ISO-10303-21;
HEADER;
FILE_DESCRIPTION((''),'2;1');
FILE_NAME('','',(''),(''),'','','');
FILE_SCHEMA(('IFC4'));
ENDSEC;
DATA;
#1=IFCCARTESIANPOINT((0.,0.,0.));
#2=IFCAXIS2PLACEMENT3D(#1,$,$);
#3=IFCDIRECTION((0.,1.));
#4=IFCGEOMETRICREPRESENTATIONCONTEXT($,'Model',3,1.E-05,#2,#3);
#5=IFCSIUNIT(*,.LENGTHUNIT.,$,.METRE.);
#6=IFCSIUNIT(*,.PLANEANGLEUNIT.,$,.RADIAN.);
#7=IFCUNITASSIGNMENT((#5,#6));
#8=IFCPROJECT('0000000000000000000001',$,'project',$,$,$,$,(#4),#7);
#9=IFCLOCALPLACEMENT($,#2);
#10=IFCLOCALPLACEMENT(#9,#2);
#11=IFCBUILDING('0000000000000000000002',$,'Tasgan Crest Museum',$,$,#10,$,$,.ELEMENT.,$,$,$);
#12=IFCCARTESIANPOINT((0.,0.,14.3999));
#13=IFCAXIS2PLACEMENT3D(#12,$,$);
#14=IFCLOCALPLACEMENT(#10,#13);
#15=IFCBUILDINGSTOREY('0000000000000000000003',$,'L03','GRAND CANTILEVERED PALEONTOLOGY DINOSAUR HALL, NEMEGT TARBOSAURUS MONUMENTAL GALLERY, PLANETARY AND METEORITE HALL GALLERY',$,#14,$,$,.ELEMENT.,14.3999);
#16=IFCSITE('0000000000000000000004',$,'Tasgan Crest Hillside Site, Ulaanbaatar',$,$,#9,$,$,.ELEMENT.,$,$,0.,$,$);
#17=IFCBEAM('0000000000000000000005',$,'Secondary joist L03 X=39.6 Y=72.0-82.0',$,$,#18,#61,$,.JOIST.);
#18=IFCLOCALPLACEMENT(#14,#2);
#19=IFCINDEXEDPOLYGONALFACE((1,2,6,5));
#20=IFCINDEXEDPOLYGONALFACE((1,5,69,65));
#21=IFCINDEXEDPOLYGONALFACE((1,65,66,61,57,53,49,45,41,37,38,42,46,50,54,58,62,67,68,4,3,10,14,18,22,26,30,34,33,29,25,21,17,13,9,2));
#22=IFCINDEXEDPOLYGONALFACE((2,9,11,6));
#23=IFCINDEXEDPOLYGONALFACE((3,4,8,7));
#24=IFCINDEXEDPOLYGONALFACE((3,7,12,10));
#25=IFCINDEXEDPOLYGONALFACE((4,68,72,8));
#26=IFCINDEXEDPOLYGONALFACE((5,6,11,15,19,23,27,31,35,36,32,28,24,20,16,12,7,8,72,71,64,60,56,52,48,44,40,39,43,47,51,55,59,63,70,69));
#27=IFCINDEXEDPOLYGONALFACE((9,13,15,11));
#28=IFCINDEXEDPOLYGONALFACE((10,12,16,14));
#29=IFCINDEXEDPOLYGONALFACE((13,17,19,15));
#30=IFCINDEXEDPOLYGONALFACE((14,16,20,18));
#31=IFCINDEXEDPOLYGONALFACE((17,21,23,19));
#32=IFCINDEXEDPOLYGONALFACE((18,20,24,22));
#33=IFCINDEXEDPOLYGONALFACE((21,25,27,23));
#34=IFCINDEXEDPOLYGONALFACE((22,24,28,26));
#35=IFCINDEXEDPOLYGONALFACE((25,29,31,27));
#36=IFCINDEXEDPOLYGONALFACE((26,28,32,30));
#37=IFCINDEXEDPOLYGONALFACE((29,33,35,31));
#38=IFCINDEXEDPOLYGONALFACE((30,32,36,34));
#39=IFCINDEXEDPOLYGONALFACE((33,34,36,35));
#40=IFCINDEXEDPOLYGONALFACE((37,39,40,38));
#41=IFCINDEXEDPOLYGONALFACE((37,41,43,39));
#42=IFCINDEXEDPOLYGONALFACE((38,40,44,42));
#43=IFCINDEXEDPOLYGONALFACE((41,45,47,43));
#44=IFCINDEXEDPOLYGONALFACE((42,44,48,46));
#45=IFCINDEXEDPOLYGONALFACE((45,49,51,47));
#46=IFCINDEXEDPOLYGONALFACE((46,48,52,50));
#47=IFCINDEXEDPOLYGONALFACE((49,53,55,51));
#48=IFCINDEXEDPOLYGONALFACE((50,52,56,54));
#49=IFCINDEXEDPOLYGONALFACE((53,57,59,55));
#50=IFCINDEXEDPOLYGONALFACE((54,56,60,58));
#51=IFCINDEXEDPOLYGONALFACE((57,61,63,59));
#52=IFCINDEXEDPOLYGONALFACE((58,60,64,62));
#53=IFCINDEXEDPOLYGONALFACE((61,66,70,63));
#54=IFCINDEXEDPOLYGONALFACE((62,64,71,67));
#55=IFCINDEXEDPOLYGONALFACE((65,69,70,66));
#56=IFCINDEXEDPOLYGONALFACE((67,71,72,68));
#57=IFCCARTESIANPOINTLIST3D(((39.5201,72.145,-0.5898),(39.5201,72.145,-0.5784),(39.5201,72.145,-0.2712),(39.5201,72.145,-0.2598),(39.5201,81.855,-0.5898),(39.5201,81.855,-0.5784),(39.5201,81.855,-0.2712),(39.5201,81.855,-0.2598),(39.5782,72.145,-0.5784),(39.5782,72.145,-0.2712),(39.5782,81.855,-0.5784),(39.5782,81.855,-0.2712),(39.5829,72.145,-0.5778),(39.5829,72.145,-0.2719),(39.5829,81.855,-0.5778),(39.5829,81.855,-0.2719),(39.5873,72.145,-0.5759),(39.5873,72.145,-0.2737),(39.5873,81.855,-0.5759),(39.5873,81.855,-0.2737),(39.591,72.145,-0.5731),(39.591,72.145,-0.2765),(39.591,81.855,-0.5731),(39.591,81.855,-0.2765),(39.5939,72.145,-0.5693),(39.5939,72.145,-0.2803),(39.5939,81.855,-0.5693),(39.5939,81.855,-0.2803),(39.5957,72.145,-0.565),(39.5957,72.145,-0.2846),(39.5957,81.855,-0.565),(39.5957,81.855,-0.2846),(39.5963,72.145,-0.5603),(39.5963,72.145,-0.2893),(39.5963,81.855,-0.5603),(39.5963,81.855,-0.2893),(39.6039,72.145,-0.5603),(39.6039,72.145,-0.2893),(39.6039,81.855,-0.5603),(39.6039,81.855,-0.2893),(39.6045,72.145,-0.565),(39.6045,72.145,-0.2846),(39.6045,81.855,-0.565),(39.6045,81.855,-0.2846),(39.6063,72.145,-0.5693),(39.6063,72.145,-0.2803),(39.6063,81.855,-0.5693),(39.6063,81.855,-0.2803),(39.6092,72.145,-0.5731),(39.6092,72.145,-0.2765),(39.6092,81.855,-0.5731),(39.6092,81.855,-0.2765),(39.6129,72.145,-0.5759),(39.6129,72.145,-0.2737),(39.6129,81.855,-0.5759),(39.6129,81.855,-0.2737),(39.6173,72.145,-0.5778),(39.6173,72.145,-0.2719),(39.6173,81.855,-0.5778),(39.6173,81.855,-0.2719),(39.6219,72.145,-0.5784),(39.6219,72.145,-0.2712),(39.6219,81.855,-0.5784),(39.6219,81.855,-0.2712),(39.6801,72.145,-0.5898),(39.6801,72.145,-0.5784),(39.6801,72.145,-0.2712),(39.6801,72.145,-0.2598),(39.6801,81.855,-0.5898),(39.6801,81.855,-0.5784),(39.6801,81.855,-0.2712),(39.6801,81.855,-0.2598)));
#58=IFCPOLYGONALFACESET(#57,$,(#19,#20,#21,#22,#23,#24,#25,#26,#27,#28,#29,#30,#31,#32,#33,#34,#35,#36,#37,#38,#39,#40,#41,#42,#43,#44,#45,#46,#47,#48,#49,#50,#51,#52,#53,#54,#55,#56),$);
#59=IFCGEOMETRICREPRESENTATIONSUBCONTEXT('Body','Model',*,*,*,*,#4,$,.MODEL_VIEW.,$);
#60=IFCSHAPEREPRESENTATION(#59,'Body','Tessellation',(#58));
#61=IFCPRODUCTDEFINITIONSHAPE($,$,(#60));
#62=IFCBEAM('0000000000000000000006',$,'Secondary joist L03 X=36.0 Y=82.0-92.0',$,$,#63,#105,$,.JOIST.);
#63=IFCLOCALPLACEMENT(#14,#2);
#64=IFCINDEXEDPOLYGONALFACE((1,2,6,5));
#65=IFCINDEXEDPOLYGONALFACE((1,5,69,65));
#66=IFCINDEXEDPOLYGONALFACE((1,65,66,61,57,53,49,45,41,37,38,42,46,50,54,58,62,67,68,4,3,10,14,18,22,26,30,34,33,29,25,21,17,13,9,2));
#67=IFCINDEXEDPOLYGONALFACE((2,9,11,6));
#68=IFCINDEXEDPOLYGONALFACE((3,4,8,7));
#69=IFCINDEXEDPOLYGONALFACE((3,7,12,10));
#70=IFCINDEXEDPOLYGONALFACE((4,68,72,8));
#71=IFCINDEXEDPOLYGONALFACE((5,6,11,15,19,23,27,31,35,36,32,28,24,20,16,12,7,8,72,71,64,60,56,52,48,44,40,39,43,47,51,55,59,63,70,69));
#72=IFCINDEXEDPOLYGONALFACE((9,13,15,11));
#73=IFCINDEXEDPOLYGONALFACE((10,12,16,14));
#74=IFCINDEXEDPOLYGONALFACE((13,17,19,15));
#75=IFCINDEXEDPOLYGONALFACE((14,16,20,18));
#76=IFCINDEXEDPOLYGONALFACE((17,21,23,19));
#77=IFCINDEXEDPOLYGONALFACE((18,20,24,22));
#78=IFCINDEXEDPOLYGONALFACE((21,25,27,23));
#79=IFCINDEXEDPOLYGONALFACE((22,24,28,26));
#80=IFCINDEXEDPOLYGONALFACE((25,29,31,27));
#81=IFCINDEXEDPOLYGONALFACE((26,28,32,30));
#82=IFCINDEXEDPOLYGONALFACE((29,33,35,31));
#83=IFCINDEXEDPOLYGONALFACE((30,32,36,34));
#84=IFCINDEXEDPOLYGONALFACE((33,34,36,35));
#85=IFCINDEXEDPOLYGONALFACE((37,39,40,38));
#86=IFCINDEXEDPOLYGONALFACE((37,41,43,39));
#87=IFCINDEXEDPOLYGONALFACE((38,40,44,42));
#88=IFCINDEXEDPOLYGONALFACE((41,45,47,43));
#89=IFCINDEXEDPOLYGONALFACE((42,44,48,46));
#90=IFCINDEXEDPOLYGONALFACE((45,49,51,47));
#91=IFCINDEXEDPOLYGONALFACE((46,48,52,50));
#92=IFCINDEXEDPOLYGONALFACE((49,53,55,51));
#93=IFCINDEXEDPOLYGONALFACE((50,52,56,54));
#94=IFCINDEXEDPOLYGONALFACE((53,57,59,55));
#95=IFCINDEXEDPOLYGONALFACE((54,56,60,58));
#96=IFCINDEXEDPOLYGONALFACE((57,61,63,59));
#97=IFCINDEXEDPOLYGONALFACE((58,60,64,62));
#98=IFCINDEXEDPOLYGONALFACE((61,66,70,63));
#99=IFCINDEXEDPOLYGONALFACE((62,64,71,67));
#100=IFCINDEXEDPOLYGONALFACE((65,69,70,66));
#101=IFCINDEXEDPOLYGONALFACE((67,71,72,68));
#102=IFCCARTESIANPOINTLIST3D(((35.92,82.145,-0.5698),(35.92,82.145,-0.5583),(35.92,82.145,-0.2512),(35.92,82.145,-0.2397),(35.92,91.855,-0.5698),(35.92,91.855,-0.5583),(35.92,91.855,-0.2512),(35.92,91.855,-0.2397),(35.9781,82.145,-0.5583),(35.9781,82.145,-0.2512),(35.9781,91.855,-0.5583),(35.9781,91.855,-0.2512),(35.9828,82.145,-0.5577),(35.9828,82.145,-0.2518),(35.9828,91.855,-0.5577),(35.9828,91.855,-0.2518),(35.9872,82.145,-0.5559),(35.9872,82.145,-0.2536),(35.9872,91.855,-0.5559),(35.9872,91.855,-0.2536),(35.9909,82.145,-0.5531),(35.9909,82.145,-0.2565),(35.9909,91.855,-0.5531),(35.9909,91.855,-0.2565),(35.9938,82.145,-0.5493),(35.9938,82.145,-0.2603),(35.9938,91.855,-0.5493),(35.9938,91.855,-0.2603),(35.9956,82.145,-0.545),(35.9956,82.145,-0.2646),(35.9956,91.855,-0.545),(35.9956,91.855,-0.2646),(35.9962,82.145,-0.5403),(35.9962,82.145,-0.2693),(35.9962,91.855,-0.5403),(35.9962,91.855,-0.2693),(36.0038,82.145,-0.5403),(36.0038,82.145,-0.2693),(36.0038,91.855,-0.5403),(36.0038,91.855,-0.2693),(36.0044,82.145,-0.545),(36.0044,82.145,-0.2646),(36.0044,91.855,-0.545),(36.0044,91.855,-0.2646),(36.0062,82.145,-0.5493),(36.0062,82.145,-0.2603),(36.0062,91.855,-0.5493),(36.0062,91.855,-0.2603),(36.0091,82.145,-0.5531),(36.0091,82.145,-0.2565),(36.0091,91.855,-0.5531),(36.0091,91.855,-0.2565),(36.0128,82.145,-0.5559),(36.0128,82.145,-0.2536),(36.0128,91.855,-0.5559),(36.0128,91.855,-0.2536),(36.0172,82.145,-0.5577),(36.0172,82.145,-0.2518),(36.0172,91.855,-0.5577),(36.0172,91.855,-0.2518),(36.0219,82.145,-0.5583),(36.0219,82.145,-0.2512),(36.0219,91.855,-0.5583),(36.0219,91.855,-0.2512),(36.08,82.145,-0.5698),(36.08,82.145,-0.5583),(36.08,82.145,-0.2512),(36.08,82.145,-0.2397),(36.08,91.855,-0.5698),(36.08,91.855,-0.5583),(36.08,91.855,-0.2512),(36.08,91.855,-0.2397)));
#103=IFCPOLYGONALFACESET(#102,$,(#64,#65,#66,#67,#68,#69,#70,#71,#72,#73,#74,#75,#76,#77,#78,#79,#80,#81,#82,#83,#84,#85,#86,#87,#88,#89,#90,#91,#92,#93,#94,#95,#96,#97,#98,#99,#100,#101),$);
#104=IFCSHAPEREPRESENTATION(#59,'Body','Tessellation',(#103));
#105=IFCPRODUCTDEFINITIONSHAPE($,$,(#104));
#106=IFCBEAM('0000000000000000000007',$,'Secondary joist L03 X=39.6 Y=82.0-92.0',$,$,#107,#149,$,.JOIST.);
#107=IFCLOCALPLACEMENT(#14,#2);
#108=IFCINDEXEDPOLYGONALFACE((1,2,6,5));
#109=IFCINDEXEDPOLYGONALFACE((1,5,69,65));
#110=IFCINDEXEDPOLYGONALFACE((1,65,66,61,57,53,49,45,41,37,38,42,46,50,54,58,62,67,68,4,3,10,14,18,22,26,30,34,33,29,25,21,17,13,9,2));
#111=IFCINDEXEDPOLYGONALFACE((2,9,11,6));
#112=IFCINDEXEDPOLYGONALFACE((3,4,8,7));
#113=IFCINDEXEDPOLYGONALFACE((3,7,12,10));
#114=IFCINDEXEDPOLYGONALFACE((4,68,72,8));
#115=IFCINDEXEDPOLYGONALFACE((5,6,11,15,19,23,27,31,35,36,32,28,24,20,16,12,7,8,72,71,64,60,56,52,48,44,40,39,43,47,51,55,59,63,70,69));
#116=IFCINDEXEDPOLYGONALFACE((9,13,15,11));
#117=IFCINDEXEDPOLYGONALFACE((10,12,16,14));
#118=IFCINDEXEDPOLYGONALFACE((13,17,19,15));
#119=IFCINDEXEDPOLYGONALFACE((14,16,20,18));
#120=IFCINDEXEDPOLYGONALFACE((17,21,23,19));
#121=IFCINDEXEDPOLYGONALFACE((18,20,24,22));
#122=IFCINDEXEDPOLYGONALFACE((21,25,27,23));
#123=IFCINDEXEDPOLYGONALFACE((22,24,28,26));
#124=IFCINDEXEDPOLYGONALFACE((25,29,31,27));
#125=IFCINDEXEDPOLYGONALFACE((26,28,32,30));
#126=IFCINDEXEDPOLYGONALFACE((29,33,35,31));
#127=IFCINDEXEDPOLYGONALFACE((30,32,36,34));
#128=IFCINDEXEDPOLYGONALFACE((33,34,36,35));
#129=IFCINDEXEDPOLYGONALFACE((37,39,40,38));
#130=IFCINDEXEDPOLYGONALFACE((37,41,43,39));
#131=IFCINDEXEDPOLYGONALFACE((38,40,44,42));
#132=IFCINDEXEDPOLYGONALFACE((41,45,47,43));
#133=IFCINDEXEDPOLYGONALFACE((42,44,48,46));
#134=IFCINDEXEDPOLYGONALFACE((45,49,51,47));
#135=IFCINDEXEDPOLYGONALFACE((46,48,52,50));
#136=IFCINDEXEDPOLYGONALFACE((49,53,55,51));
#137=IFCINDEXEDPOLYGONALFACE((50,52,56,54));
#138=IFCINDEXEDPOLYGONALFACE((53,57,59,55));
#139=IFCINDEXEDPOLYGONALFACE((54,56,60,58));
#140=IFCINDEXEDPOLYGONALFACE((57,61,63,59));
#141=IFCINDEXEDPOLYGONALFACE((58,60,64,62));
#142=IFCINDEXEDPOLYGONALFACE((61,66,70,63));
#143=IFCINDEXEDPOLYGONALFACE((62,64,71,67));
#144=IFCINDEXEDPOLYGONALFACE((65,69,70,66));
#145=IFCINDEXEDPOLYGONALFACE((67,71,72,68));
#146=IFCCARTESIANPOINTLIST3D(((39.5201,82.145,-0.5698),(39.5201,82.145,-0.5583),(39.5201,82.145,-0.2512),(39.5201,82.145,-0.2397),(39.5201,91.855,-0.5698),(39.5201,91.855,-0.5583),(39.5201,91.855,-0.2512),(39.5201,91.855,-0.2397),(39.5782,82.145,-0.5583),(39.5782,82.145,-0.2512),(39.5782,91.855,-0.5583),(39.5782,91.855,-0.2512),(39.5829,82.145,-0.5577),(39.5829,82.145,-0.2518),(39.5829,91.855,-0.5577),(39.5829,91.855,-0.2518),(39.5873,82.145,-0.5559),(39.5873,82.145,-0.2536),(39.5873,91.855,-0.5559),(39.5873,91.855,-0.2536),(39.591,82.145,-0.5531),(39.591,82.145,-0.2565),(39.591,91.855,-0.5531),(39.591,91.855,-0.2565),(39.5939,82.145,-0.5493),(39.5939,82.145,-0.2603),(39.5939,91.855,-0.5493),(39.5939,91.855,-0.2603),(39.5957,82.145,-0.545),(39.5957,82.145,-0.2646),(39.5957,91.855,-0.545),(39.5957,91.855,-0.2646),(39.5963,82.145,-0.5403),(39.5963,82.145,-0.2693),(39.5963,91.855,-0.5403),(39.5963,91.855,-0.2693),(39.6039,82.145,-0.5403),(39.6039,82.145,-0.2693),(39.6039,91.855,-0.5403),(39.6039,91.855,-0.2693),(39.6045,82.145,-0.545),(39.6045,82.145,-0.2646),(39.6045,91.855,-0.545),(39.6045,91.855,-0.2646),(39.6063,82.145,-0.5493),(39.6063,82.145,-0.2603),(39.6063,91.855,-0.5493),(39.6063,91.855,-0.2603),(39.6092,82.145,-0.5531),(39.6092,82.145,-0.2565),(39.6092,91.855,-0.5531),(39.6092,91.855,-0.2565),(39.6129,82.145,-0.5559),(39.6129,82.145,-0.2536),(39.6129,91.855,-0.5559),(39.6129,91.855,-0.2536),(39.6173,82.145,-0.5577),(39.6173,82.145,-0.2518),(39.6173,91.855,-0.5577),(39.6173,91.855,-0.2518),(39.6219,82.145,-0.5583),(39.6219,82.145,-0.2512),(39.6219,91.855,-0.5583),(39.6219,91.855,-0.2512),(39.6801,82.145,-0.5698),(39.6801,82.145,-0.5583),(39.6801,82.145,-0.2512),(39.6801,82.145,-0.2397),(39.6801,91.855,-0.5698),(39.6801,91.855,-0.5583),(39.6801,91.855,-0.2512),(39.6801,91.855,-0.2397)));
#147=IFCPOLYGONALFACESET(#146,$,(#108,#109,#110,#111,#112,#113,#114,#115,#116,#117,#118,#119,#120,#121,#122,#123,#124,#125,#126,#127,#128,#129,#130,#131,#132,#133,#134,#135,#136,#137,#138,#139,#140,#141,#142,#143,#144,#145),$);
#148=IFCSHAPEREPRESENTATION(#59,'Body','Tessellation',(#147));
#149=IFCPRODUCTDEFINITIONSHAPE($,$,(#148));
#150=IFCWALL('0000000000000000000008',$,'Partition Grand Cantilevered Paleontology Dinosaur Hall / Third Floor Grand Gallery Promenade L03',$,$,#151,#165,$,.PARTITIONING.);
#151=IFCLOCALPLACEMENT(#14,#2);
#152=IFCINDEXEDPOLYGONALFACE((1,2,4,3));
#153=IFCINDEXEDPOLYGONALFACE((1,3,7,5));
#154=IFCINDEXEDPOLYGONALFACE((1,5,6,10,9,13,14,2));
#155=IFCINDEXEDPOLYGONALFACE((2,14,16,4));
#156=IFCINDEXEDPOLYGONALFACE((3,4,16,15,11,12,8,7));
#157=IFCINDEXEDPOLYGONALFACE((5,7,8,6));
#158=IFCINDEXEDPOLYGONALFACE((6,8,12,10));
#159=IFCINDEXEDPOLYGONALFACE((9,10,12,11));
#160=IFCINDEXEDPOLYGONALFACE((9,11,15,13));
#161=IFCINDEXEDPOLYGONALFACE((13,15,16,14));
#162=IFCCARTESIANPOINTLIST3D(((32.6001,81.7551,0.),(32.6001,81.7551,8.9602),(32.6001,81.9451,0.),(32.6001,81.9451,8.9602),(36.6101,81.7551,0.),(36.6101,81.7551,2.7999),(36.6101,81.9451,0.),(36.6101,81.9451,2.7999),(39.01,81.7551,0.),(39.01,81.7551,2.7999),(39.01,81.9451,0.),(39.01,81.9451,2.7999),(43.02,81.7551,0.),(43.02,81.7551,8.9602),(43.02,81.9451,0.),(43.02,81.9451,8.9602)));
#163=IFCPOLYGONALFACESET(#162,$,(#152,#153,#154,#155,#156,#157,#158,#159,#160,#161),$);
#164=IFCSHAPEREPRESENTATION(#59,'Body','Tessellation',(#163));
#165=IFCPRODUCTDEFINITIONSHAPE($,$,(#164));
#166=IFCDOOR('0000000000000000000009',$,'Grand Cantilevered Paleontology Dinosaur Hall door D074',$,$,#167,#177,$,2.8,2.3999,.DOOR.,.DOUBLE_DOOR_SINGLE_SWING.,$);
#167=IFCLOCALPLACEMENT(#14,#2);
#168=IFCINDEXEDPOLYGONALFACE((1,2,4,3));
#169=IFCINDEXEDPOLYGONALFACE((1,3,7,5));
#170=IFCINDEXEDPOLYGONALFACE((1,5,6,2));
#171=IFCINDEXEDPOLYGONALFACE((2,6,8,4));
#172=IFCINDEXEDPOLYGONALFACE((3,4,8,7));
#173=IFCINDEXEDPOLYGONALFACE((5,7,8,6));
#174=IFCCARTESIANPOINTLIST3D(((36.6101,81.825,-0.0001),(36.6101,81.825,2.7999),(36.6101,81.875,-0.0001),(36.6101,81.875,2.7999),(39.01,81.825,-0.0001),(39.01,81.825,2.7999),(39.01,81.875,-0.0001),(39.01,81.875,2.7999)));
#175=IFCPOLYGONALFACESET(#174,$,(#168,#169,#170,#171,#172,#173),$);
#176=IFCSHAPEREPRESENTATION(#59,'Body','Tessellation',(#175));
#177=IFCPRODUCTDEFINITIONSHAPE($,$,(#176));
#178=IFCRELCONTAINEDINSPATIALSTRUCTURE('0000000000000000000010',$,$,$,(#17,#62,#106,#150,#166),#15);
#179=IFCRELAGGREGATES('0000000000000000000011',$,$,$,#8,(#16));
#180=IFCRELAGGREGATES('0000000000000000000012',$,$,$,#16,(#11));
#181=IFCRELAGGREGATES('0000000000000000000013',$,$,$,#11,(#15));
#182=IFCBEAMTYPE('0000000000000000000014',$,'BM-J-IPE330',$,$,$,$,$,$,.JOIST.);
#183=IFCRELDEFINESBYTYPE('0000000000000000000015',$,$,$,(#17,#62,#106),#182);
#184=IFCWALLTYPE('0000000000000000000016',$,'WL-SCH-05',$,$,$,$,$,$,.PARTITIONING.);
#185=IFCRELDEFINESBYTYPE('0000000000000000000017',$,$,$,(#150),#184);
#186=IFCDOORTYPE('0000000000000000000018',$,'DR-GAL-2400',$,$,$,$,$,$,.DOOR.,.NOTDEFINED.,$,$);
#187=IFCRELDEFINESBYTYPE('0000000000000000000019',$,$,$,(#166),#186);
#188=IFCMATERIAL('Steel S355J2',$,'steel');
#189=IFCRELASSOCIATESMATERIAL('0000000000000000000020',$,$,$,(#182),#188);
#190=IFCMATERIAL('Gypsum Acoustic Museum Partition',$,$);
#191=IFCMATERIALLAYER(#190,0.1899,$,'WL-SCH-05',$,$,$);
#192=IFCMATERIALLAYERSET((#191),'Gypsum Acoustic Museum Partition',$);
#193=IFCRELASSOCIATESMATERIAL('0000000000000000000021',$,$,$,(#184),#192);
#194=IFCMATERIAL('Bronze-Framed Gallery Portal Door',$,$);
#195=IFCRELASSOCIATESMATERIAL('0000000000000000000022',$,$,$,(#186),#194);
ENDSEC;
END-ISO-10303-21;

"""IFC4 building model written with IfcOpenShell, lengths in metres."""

from ifc_helpers import new_model, si_unit, direction, frame, frame_2d, origin, origin_2d, place, context, subcontext, project, spatial, rectangle, i_section, extrude, material, layer, layer_set, material_profile, profile_set, type_object, element, fill, save


model = new_model("IFC4")

# Units and contexts
model_context = context("Model", 3, precision=1e-05, world=origin(), true_north=direction((0.0, 1.0)))
body_context = subcontext(model_context, "Body", "Model", "MODEL_VIEW")
ifc_project = project(units=[si_unit("LENGTHUNIT", "METRE"), si_unit("PLANEANGLEUNIT", "RADIAN")], contexts=[model_context])

# Site, building, storey
site_placement = place(None, origin())
site = spatial("IfcSite", under=ifc_project, at=site_placement, Name="Tasgan Crest Hillside Site, Ulaanbaatar", CompositionType="ELEMENT", RefElevation=0.0)
building_placement = place(site_placement, origin())
building = spatial("IfcBuilding", under=site, at=building_placement, Name="Tasgan Crest Museum", CompositionType="ELEMENT")
storey_placement = place(building_placement, frame((0.0, 0.0, 14.3999)))
storey = spatial("IfcBuildingStorey", under=building, at=storey_placement, Name="L03", Description="GRAND CANTILEVERED PALEONTOLOGY DINOSAUR HALL, NEMEGT TARBOSAURUS MONUMENTAL GALLERY, PLANETARY AND METEORITE HALL GALLERY", CompositionType="ELEMENT", Elevation=14.3999)

# Beams
ifc_material_1 = material(Name="Steel S355J2", Category="steel")
ifc_material_profile_1 = material_profile(ifc_material_1, i_section(OverallWidth=0.1599, OverallDepth=0.3301, WebThickness=0.0076, FlangeThickness=0.0115, FilletRadius=0.0181, at=origin_2d()), Name="IPE 330")
ifc_profile_set_1 = profile_set([ifc_material_profile_1], Name="Steel S355J2")
beam_type_1 = type_object("IfcBeamType", Name="BM-J-IPE330", PredefinedType="JOIST", material=ifc_profile_set_1)
for number, where, z_axis, x_axis, name in (
    (1, (39.6001, 72.145, -0.4248), (0.0, 1.0, 0.0), (-1.0, 0.0, 0.0), "Secondary joist L03 X=39.6 Y=72.0-82.0"),
    (2, (36.0, 82.145, -0.4048), (0.0, 1.0, 0.0), (-1.0, 0.0, 0.0), "Secondary joist L03 X=36.0 Y=82.0-92.0"),
    (3, (39.6001, 82.145, -0.4048), (0.0, 1.0, 0.0), (-1.0, 0.0, 0.0), "Secondary joist L03 X=39.6 Y=82.0-92.0"),
):
    element("IfcBeam", number, at=place(storey_placement, frame(where, z_axis=z_axis, x_axis=x_axis)), inside=storey, type_object=beam_type_1, Name=name, PredefinedType="JOIST", context=body_context, shape_type="SweptSolid", body=[
        extrude(i_section(OverallWidth=0.1599, OverallDepth=0.3301, WebThickness=0.0076, FlangeThickness=0.0115, FilletRadius=0.0181, at=origin_2d()), origin(), (0.0, 0.0, 1.0), 9.71),
    ])

# Wall, opening, door
ifc_material_2 = material(Name="Gypsum Acoustic Museum Partition")
ifc_layer_1 = layer(ifc_material_2, 0.1899, Name="WL-SCH-05")
ifc_layer_set_1 = layer_set([ifc_layer_1], Name="Gypsum Acoustic Museum Partition")
wall_type_1 = type_object("IfcWallType", Name="WL-SCH-05", PredefinedType="PARTITIONING", material=ifc_layer_set_1)
wall_1_placement = place(storey_placement, frame((32.6001, 81.8501, 0.0), z_axis=(0.0, 0.0, 1.0), x_axis=(1.0, 0.0, 0.0)))
wall_1 = element("IfcWall", 4, at=wall_1_placement, inside=storey, type_object=wall_type_1, Name="Partition Grand Cantilevered Paleontology Dinosaur Hall / Third Floor Grand Gallery Promenade L03", PredefinedType="PARTITIONING", context=body_context, shape_type="SweptSolid", body=[
    extrude(rectangle(XDim=10.4199, YDim=0.1899, at=frame_2d((5.21, 0.0))), origin(), (0.0, 0.0, 1.0), 8.9602),
])
opening_1_placement = place(wall_1_placement, frame((4.01, 0.0, 0.0)))
opening_1 = element("IfcOpeningElement", 5, at=opening_1_placement, cuts=wall_1, PredefinedType="OPENING", context=body_context, shape_type="SweptSolid", body=[
    extrude(rectangle(XDim=2.3999, YDim=2.8, at=frame_2d((1.2, 1.3999))), frame((0.0, 0.105, 0.0), z_axis=(0.0, -1.0, 0.0), x_axis=(1.0, 0.0, 0.0)), (0.0, 0.0, 1.0), 0.21),
])
ifc_material_3 = material(Name="Bronze-Framed Gallery Portal Door")
door_type_1 = type_object("IfcDoorType", Name="DR-GAL-2400", OperationType="NOTDEFINED", PredefinedType="DOOR", material=ifc_material_3)
door_1_placement = place(opening_1_placement, origin())
door_1 = element("IfcDoor", 6, at=door_1_placement, inside=storey, type_object=door_type_1, Name="Grand Cantilevered Paleontology Dinosaur Hall door D074", OperationType="DOUBLE_DOOR_SINGLE_SWING", OverallHeight=2.8, OverallWidth=2.3999, PredefinedType="DOOR", context=body_context, shape_type="SweptSolid", body=[
    extrude(rectangle(XDim=2.3999, YDim=2.8, at=frame_2d((1.2, 1.3999))), frame((0.0, 0.0249, 0.0), z_axis=(0.0, -1.0, 0.0), x_axis=(1.0, 0.0, 0.0)), (0.0, 0.0, 1.0), 0.05),
])
fill(opening_1, door_1)

save(model, "model.ifc")
